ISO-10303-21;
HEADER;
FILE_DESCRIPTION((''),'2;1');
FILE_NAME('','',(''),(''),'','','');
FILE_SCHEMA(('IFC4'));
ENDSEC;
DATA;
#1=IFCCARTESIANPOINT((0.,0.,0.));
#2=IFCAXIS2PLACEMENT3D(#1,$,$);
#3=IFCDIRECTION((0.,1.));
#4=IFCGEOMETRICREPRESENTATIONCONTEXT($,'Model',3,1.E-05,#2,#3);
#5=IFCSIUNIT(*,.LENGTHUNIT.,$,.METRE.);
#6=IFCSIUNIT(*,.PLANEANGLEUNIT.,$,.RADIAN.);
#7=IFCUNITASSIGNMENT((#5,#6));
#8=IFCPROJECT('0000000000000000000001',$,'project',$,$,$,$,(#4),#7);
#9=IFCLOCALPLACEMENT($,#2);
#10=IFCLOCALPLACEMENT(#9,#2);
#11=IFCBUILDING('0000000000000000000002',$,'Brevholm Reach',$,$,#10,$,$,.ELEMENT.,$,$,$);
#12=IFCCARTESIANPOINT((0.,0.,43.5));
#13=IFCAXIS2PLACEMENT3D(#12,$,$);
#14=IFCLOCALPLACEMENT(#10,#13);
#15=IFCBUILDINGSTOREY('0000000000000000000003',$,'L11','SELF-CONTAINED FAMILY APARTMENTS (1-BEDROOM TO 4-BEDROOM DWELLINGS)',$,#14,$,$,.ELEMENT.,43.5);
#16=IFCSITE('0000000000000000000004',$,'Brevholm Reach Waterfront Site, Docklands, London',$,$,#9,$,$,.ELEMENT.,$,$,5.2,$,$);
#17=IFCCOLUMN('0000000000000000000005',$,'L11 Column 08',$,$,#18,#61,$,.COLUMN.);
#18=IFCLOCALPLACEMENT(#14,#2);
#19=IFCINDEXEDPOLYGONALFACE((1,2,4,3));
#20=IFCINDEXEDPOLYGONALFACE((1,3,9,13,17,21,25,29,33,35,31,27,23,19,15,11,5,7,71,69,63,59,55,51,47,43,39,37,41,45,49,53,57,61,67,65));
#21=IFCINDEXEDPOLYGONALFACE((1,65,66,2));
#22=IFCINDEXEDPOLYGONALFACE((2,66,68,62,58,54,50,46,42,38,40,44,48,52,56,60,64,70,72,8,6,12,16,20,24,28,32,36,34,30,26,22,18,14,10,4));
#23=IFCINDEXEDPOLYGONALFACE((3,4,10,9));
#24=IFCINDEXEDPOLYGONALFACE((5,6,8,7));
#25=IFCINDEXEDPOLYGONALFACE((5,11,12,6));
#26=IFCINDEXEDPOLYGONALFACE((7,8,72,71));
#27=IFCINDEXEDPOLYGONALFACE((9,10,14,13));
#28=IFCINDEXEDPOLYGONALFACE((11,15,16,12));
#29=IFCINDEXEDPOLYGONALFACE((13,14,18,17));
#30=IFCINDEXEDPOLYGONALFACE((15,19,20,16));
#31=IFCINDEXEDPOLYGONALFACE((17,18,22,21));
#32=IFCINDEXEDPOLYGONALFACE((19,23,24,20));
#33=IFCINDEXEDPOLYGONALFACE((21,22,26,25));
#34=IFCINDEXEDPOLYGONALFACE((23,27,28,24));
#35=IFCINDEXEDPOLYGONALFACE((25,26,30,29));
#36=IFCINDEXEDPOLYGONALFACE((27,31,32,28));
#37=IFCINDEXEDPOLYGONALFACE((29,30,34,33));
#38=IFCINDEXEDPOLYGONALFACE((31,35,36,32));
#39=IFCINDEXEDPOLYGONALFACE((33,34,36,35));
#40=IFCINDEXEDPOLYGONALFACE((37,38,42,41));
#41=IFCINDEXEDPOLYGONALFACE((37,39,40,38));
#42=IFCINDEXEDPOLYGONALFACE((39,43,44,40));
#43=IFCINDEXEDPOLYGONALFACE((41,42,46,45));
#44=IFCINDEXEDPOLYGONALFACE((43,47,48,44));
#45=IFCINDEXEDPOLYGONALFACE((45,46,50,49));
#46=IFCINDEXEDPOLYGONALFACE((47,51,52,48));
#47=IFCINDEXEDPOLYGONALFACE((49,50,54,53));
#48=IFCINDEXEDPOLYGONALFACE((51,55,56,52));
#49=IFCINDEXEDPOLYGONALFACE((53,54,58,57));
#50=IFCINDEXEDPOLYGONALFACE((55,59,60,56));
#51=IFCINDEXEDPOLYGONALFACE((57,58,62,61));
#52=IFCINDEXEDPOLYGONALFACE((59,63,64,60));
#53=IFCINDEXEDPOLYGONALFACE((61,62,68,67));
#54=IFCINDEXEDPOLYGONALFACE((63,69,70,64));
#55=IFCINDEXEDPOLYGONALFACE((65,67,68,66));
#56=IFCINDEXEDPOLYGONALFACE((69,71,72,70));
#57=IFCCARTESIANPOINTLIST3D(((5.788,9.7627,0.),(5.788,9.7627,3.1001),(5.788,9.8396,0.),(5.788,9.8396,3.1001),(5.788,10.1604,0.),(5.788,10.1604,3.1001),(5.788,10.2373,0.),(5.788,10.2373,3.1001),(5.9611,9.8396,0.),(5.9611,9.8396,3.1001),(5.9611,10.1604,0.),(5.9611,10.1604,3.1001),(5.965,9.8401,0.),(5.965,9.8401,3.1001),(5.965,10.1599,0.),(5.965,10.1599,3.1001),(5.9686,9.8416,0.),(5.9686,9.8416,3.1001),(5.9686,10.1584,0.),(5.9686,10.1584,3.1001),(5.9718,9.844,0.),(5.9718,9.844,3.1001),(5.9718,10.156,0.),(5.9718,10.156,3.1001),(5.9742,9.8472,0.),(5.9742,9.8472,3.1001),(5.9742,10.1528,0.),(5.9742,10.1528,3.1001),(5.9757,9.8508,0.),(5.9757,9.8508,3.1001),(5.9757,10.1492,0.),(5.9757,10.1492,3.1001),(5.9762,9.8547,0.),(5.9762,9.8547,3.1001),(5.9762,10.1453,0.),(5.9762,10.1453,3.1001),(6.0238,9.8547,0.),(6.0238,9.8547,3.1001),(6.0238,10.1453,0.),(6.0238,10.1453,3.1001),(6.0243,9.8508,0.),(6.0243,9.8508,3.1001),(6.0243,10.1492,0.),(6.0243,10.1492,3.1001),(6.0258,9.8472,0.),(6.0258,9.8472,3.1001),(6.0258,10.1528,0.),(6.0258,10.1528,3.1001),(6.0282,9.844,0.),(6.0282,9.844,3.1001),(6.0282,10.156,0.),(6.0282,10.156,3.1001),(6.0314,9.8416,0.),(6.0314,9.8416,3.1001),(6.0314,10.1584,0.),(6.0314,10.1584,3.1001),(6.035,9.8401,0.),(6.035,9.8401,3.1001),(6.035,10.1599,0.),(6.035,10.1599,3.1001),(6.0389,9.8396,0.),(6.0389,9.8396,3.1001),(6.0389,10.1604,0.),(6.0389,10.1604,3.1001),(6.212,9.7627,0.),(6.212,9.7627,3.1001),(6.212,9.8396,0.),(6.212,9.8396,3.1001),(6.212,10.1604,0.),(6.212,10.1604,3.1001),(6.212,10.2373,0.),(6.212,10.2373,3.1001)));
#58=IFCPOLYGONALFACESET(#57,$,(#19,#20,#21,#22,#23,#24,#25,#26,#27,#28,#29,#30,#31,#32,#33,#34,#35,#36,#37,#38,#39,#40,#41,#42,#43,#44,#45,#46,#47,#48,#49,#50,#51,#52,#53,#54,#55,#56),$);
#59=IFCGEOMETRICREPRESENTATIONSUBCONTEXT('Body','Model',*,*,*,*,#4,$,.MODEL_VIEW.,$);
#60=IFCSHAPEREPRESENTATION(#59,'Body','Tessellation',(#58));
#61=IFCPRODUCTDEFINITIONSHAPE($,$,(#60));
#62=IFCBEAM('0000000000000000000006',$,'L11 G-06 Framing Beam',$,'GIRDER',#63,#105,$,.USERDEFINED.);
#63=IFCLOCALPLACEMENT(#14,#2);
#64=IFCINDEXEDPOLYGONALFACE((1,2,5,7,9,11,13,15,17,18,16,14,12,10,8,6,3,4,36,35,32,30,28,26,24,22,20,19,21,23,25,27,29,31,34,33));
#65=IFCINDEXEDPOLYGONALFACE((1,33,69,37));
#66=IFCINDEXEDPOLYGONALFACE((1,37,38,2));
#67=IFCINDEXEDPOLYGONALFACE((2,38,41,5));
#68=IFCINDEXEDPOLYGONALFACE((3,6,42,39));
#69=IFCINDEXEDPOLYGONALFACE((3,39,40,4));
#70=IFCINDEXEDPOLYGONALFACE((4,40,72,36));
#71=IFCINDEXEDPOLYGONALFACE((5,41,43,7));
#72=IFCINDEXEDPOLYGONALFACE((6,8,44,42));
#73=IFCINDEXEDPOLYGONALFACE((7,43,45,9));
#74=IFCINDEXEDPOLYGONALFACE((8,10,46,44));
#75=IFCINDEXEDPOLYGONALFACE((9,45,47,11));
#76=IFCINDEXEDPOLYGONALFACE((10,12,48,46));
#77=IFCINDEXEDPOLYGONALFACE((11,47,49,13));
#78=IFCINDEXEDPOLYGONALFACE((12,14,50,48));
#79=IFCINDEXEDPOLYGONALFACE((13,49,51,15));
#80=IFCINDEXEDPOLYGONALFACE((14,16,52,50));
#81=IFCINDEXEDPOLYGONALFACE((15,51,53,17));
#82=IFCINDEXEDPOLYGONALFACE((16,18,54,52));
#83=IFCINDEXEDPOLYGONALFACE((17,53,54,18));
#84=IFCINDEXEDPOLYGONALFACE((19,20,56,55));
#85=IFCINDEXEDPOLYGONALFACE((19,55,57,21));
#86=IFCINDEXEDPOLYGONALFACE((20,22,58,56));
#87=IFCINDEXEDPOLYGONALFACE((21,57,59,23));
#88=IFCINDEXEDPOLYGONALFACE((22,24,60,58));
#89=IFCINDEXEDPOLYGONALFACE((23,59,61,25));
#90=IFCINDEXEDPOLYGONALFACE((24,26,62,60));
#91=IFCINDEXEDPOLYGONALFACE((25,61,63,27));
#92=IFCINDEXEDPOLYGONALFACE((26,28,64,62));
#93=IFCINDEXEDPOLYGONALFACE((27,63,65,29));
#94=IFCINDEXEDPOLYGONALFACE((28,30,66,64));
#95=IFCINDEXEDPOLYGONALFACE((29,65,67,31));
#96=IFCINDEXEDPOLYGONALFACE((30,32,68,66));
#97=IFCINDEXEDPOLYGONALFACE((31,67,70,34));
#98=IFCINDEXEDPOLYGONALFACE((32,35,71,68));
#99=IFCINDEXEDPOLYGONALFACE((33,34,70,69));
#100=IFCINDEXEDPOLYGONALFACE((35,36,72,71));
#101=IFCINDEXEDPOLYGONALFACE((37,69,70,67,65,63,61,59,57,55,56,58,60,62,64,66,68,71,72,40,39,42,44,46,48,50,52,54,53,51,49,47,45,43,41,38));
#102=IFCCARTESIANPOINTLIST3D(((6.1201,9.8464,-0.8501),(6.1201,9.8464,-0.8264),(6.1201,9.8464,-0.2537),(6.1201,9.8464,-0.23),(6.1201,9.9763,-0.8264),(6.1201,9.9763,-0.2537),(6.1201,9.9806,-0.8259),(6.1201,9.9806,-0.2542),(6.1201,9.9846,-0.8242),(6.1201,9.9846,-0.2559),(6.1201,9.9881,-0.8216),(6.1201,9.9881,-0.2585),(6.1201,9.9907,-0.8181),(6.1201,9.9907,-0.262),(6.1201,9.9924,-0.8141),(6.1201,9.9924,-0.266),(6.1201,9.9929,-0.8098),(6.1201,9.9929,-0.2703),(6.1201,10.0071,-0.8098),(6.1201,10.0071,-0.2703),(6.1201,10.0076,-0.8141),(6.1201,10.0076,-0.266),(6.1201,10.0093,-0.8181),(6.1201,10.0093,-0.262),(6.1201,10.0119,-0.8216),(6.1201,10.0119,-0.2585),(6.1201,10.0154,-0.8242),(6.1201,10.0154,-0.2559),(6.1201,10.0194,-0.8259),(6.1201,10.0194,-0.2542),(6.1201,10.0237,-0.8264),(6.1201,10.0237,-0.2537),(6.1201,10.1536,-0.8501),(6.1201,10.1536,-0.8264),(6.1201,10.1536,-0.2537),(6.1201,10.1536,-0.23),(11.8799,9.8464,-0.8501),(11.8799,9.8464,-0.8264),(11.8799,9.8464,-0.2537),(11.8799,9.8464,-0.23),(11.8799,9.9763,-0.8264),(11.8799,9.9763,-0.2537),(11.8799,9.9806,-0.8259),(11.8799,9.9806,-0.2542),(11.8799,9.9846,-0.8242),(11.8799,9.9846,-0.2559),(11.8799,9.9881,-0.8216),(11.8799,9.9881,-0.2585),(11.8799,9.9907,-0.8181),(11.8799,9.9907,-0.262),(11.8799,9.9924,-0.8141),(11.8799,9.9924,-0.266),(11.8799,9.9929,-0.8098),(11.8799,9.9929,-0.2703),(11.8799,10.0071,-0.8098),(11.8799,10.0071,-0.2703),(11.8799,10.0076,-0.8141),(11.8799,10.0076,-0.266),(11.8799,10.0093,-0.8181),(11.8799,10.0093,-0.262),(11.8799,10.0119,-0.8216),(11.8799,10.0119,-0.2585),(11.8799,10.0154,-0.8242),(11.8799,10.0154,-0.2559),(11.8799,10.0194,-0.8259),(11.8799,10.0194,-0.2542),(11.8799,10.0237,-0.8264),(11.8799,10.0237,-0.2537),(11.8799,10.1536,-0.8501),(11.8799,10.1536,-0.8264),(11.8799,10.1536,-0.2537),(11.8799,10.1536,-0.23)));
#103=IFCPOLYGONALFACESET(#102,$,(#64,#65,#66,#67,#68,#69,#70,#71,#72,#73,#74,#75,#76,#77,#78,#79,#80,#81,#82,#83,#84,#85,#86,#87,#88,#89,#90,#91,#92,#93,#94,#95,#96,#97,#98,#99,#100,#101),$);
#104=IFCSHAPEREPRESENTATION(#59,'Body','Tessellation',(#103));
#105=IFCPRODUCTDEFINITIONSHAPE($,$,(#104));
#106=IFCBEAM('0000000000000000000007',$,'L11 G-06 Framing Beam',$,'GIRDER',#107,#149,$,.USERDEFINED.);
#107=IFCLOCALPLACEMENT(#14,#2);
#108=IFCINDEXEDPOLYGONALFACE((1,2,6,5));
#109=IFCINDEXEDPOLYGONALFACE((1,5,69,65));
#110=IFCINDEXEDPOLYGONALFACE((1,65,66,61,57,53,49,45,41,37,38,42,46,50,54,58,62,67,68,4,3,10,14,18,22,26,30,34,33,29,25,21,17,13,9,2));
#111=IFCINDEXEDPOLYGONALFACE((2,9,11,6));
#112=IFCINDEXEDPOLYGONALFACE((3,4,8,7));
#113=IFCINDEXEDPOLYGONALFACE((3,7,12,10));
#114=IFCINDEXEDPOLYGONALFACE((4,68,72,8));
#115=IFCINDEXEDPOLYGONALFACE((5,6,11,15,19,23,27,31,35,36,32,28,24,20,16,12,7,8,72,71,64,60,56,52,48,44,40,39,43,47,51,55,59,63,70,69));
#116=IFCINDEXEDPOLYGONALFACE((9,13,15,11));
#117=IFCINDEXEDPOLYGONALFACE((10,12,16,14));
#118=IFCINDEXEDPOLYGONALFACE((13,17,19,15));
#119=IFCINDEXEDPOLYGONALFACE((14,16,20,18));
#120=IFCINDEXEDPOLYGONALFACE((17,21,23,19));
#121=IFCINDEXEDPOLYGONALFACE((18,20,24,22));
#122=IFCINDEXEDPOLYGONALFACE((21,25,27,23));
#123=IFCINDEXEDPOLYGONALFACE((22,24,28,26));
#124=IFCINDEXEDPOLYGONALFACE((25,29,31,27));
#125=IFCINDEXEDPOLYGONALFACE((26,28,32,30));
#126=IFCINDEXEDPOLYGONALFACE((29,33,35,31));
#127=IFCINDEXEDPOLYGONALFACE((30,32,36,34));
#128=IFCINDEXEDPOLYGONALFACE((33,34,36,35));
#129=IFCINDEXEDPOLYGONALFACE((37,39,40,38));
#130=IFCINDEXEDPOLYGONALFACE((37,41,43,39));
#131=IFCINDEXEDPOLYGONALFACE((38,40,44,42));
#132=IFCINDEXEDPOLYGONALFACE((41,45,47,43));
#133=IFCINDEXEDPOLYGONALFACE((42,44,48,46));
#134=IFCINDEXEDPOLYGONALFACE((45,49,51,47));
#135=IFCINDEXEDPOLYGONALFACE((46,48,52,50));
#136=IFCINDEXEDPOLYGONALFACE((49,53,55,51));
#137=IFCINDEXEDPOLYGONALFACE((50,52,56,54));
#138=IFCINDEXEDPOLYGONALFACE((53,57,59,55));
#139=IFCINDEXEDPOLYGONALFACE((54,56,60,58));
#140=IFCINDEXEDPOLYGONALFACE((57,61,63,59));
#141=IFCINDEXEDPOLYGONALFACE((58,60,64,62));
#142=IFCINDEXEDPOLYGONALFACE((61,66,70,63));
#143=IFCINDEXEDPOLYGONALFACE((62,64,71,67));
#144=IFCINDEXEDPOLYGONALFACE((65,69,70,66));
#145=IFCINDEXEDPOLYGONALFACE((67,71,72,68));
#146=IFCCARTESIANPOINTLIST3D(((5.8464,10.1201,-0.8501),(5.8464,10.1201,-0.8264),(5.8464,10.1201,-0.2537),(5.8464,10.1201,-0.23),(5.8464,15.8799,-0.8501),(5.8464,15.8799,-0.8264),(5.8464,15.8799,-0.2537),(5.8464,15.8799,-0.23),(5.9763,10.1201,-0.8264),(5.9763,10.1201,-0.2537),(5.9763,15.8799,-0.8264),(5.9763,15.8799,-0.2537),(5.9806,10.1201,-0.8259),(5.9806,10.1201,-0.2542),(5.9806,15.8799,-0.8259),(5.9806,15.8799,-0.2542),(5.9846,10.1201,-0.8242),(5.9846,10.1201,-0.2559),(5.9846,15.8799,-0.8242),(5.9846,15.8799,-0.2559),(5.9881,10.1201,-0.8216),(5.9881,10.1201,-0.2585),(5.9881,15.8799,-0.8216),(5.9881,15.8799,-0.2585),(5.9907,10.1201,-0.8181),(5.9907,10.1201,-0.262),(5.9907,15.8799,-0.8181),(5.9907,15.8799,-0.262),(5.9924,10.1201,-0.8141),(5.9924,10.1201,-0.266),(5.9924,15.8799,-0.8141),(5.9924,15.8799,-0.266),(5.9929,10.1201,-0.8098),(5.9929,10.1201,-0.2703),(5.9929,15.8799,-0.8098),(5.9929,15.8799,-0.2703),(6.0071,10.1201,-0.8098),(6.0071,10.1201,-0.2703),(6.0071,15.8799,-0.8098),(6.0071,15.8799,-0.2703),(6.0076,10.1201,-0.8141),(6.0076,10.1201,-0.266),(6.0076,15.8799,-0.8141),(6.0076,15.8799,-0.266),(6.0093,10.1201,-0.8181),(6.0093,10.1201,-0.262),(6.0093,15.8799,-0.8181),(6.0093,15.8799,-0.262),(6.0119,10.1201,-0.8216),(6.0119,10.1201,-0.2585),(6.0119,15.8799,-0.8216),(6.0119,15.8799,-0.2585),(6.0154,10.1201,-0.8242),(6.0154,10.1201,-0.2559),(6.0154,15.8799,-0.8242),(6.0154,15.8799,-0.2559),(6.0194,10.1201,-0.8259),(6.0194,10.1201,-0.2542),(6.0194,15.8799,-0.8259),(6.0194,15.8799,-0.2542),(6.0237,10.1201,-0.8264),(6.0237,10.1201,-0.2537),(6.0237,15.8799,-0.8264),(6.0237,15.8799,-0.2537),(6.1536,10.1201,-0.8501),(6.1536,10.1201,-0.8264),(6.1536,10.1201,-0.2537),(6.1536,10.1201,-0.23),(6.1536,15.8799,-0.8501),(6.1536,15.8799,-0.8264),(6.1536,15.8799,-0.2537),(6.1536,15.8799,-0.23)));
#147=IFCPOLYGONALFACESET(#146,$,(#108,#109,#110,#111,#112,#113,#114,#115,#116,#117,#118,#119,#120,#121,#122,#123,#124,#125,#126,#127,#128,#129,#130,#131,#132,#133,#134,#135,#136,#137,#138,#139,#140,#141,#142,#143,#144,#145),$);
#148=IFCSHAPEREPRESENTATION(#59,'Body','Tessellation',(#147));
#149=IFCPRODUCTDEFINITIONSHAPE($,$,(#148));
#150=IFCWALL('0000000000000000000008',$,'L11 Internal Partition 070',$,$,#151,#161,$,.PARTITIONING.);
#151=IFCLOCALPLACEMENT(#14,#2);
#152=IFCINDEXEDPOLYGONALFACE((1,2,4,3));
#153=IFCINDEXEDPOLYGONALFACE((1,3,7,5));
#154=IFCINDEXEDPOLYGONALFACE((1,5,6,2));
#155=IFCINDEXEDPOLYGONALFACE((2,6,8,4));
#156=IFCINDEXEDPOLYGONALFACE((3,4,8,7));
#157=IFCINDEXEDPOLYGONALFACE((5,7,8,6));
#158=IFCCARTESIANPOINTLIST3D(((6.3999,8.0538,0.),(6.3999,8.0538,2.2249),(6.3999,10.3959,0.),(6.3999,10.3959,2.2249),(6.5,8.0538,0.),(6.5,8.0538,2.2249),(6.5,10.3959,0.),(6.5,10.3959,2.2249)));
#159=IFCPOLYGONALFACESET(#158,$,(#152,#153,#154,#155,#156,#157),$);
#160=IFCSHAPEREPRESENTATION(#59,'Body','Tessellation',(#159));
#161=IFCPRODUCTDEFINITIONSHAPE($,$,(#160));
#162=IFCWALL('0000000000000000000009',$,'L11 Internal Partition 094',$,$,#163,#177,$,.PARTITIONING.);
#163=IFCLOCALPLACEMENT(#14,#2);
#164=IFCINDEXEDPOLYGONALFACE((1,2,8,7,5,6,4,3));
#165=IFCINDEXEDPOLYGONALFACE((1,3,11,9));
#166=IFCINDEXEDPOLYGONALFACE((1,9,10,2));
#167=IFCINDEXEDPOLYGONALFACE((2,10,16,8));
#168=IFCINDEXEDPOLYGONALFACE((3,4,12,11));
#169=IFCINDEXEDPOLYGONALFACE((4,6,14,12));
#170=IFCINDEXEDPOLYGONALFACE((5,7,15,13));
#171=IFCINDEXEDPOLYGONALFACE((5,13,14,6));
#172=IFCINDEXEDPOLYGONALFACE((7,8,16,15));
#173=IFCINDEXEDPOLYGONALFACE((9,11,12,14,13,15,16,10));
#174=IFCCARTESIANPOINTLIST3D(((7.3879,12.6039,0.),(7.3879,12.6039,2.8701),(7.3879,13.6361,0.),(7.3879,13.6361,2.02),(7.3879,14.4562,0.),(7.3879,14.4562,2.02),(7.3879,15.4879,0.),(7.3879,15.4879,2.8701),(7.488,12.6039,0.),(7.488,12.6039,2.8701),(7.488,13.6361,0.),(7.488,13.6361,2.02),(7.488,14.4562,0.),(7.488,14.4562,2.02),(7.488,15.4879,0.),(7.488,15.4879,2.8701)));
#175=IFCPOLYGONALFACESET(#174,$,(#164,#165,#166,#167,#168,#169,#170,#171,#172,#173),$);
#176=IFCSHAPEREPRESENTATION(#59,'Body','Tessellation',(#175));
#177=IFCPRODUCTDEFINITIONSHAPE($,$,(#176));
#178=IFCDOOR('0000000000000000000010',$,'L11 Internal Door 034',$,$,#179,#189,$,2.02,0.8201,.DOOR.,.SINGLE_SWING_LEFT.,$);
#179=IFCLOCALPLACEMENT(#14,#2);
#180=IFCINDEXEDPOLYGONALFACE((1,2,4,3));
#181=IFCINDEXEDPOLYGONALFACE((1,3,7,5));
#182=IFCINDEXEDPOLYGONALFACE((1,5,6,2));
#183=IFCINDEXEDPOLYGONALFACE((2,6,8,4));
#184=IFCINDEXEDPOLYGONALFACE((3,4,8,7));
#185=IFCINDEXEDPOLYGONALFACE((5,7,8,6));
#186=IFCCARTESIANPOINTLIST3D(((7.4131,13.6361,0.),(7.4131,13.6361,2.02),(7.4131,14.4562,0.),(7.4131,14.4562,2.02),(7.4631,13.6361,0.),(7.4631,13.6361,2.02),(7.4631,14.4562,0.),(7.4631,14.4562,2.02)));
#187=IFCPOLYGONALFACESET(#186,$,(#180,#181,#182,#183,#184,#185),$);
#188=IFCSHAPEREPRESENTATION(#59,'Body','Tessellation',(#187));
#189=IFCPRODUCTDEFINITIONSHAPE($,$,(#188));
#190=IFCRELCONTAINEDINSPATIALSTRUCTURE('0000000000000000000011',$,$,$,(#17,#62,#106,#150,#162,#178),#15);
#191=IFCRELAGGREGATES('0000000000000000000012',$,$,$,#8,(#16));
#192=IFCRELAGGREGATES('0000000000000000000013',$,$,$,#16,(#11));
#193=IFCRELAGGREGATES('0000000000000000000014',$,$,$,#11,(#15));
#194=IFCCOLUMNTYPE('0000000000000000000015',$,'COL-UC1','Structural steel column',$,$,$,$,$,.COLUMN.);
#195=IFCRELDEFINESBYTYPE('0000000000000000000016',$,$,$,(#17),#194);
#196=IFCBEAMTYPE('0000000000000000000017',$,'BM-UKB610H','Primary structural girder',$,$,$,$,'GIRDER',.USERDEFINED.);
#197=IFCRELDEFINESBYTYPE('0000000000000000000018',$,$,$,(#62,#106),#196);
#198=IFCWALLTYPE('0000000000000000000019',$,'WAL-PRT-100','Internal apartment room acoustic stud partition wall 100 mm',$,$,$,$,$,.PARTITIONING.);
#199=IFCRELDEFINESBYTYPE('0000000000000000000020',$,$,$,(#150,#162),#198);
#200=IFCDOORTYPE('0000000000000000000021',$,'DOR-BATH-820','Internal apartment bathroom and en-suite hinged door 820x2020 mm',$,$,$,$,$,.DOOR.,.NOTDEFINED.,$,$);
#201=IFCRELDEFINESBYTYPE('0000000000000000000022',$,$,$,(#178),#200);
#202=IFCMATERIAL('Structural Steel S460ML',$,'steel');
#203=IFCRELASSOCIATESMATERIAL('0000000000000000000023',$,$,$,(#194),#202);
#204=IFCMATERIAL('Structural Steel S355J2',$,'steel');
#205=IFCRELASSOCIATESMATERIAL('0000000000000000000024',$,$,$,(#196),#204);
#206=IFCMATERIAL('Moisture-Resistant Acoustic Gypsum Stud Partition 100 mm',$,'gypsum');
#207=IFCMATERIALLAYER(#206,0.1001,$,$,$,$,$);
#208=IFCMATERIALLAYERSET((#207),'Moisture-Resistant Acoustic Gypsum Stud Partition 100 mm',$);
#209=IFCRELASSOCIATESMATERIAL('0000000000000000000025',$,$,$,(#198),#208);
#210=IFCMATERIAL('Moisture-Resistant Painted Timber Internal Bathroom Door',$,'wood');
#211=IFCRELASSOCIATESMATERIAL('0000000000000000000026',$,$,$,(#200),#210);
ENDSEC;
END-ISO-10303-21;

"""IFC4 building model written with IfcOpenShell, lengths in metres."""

from ifc_helpers import new_model, si_unit, direction, frame, frame_2d, origin, origin_2d, place, context, subcontext, project, spatial, rectangle, i_section, extrude, material, layer, layer_set, material_profile, profile_set, type_object, element, fill, save


model = new_model("IFC4")

# Units and contexts
model_context = context("Model", 3, precision=1e-05, world=origin(), true_north=direction((0.0, 1.0)))
body_context = subcontext(model_context, "Body", "Model", "MODEL_VIEW")
ifc_project = project(units=[si_unit("LENGTHUNIT", "METRE"), si_unit("PLANEANGLEUNIT", "RADIAN")], contexts=[model_context])

# Site, building, storey
site_placement = place(None, origin())
site = spatial("IfcSite", under=ifc_project, at=site_placement, Name="Brevholm Reach Waterfront Site, Docklands, London", CompositionType="ELEMENT", RefElevation=5.2)
building_placement = place(site_placement, origin())
building = spatial("IfcBuilding", under=site, at=building_placement, Name="Brevholm Reach", CompositionType="ELEMENT")
storey_placement = place(building_placement, frame((0.0, 0.0, 43.5)))
storey = spatial("IfcBuildingStorey", under=building, at=storey_placement, Name="L11", Description="SELF-CONTAINED FAMILY APARTMENTS (1-BEDROOM TO 4-BEDROOM DWELLINGS)", CompositionType="ELEMENT", Elevation=43.5)

# Column
ifc_material_1 = material(Name="Structural Steel S460ML", Category="steel")
ifc_material_profile_1 = material_profile(ifc_material_1, i_section(OverallWidth=0.4241, OverallDepth=0.4746, WebThickness=0.0476, FlangeThickness=0.0769, FilletRadius=0.0151, at=origin_2d()), Name="UKC 356x406x634")
ifc_profile_set_1 = profile_set([ifc_material_profile_1], Name="Structural Steel S460ML")
column_type = type_object("IfcColumnType", Name="COL-UC1", Description="Structural steel column", PredefinedType="COLUMN", material=ifc_profile_set_1)
column_placement = place(storey_placement, frame((6.0, 10.0, 0.0), z_axis=(0.0, 0.0, 1.0), x_axis=(1.0, 0.0, 0.0)))
element("IfcColumn", 1, at=column_placement, inside=storey, type_object=column_type, Name="L11 Column 08", PredefinedType="COLUMN", context=body_context, shape_type="SweptSolid", body=[
    extrude(i_section(OverallWidth=0.4241, OverallDepth=0.4746, WebThickness=0.0476, FlangeThickness=0.0769, FilletRadius=0.0151, at=origin_2d()), origin(), (0.0, 0.0, 1.0), 3.1001),
])

# Beams
ifc_material_2 = material(Name="Structural Steel S355J2", Category="steel")
ifc_material_profile_2 = material_profile(ifc_material_2, i_section(OverallWidth=0.3071, OverallDepth=0.6201, WebThickness=0.0142, FlangeThickness=0.0237, FilletRadius=0.0166, at=origin_2d()), Name="UKB 610x305x179")
ifc_profile_set_2 = profile_set([ifc_material_profile_2], Name="Structural Steel S355J2")
beam_type = type_object("IfcBeamType", Name="BM-UKB610H", Description="Primary structural girder", ElementType="GIRDER", PredefinedType="USERDEFINED", material=ifc_profile_set_2)
for number, where, z_axis, x_axis, name in (
    (2, (6.1201, 10.0, -0.54), (1.0, 0.0, 0.0), (0.0, 1.0, 0.0), "L11 G-06 Framing Beam"),
    (3, (6.0, 10.1201, -0.54), (0.0, 1.0, 0.0), (-1.0, 0.0, 0.0), "L11 G-06 Framing Beam"),
):
    element("IfcBeam", number, at=place(storey_placement, frame(where, z_axis=z_axis, x_axis=x_axis)), inside=storey, type_object=beam_type, Name=name, ObjectType="GIRDER", PredefinedType="USERDEFINED", context=body_context, shape_type="SweptSolid", body=[
        extrude(i_section(OverallWidth=0.3071, OverallDepth=0.6201, WebThickness=0.0142, FlangeThickness=0.0237, FilletRadius=0.0166, at=origin_2d()), origin(), (0.0, 0.0, 1.0), 5.7598),
    ])

# Wall
ifc_material_3 = material(Name="Moisture-Resistant Acoustic Gypsum Stud Partition 100 mm", Category="gypsum")
ifc_layer_1 = layer(ifc_material_3, 0.1001)
ifc_layer_set_1 = layer_set([ifc_layer_1], Name="Moisture-Resistant Acoustic Gypsum Stud Partition 100 mm")
wall_type_1 = type_object("IfcWallType", Name="WAL-PRT-100", Description="Internal apartment room acoustic stud partition wall 100 mm", PredefinedType="PARTITIONING", material=ifc_layer_set_1)
wall_1_placement = place(storey_placement, frame((6.45, 8.054, 0.0), z_axis=(0.0, 0.0, 1.0), x_axis=(0.0, 1.0, 0.0)))
element("IfcWall", 4, at=wall_1_placement, inside=storey, type_object=wall_type_1, Name="L11 Internal Partition 070", PredefinedType="PARTITIONING", context=body_context, shape_type="SweptSolid", body=[
    extrude(rectangle(XDim=2.342, YDim=0.1001, at=frame_2d((1.1709, 0.0))), origin(), (0.0, 0.0, 1.0), 2.2249),
])

# Wall, opening, door
wall_2_placement = place(storey_placement, frame((7.438, 12.604, 0.0), z_axis=(0.0, 0.0, 1.0), x_axis=(0.0, 1.0, 0.0)))
wall_2 = element("IfcWall", 5, at=wall_2_placement, inside=storey, type_object=wall_type_1, Name="L11 Internal Partition 094", PredefinedType="PARTITIONING", context=body_context, shape_type="SweptSolid", body=[
    extrude(rectangle(XDim=2.884, YDim=0.1001, at=frame_2d((1.4419, 0.0))), origin(), (0.0, 0.0, 1.0), 2.8701),
])
opening_1_placement = place(wall_2_placement, frame((1.032, 0.0, 0.0)))
opening_1 = element("IfcOpeningElement", 6, at=opening_1_placement, cuts=wall_2, PredefinedType="OPENING", context=body_context, shape_type="SweptSolid", body=[
    extrude(rectangle(XDim=0.8201, YDim=2.02, at=frame_2d((0.4102, 1.01))), frame((0.0, 0.0601, 0.0), z_axis=(0.0, -1.0, 0.0), x_axis=(1.0, 0.0, 0.0)), (0.0, 0.0, 1.0), 0.1201),
])
ifc_material_4 = material(Name="Moisture-Resistant Painted Timber Internal Bathroom Door", Category="wood")
door_type_1 = type_object("IfcDoorType", Name="DOR-BATH-820", Description="Internal apartment bathroom and en-suite hinged door 820x2020 mm", OperationType="NOTDEFINED", PredefinedType="DOOR", material=ifc_material_4)
door_1_placement = place(opening_1_placement, origin())
door_1 = element("IfcDoor", 7, at=door_1_placement, inside=storey, type_object=door_type_1, Name="L11 Internal Door 034", OperationType="SINGLE_SWING_LEFT", OverallHeight=2.02, OverallWidth=0.8201, PredefinedType="DOOR", context=body_context, shape_type="SweptSolid", body=[
    extrude(rectangle(XDim=0.8201, YDim=2.02, at=frame_2d((0.4102, 1.01))), frame((0.0, 0.0249, 0.0), z_axis=(0.0, -1.0, 0.0), x_axis=(1.0, 0.0, 0.0)), (0.0, 0.0, 1.0), 0.05),
])
fill(opening_1, door_1)

save(model, "model.ifc")
